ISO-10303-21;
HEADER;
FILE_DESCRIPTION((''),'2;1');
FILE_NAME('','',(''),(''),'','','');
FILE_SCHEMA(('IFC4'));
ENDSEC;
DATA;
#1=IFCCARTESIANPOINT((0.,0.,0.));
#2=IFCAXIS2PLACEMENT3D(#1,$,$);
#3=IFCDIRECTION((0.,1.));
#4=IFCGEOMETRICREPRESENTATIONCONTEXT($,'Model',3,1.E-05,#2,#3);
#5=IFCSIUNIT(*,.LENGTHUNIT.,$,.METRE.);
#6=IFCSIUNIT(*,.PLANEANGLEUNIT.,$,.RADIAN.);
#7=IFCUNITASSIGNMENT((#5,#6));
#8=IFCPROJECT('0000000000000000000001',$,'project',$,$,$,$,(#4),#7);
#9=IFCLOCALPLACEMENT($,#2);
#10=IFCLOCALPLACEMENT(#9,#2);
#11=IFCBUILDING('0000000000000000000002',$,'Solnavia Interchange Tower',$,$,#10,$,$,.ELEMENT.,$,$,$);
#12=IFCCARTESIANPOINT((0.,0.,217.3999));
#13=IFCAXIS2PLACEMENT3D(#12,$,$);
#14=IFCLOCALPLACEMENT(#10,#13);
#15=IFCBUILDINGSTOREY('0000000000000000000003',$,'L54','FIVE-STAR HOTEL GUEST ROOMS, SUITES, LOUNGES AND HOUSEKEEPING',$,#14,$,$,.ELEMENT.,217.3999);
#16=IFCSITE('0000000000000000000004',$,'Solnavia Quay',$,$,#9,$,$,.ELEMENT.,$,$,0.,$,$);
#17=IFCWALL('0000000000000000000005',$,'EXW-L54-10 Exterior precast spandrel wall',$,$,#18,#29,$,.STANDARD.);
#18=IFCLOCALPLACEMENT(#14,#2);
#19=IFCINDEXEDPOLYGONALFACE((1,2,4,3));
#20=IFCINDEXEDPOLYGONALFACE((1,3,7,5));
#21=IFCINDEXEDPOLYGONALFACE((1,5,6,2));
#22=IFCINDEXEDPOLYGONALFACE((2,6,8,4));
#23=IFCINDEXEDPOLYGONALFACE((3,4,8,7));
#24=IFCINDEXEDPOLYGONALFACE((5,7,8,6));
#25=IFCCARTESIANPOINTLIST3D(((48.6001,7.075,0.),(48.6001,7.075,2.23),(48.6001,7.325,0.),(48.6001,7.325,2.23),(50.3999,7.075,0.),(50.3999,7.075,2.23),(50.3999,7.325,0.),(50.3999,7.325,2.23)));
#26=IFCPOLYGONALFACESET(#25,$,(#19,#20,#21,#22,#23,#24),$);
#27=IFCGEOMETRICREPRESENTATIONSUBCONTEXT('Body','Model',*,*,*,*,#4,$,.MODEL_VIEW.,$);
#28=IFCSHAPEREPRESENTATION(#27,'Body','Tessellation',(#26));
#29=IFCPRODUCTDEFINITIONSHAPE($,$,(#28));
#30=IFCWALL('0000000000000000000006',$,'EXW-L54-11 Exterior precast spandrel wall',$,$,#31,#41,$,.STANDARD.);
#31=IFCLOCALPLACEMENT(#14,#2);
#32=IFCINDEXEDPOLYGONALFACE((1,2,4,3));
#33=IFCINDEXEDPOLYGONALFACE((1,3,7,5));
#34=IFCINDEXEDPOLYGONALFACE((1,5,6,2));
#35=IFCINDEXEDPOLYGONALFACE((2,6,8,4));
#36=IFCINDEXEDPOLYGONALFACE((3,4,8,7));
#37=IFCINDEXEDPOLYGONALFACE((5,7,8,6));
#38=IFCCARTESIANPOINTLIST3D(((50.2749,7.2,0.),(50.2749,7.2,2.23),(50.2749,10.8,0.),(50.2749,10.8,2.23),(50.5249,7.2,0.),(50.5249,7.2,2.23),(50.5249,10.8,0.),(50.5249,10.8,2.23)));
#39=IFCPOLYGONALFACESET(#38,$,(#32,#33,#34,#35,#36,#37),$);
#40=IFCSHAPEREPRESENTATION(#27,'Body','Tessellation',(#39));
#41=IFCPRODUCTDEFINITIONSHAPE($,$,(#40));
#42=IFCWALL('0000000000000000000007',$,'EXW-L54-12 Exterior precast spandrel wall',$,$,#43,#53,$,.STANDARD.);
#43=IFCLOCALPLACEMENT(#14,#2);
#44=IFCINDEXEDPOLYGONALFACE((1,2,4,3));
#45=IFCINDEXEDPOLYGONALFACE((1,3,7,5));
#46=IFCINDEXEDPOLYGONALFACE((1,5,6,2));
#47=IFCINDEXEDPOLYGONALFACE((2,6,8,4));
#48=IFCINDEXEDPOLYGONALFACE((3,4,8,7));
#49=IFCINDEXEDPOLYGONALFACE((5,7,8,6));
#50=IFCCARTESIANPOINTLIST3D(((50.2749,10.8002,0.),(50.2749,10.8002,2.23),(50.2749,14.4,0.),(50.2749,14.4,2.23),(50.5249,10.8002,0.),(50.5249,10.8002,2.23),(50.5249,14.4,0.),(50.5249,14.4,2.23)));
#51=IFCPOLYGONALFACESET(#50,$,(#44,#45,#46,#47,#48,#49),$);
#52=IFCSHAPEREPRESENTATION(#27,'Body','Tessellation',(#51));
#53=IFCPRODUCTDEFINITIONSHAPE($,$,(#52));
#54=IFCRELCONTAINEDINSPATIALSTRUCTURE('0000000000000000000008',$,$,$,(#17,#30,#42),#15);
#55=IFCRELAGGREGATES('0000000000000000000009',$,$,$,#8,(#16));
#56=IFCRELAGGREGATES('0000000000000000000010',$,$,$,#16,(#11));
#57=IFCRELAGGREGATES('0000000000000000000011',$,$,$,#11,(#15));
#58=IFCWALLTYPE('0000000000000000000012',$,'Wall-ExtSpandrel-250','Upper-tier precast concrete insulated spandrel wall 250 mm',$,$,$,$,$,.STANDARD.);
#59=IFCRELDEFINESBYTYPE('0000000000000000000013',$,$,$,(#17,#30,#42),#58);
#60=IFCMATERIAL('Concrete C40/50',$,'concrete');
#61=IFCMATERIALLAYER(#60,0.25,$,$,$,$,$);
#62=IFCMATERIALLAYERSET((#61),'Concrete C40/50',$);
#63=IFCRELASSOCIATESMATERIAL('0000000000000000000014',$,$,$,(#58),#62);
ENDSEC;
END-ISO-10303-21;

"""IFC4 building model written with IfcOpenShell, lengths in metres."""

from ifc_helpers import new_model, si_unit, direction, frame, frame_2d, origin, place, context, subcontext, project, spatial, rectangle, extrude, material, layer, layer_set, type_object, element, save


model = new_model("IFC4")

# Units and contexts
model_context = context("Model", 3, precision=1e-05, world=origin(), true_north=direction((0.0, 1.0)))
body_context = subcontext(model_context, "Body", "Model", "MODEL_VIEW")
ifc_project = project(units=[si_unit("LENGTHUNIT", "METRE"), si_unit("PLANEANGLEUNIT", "RADIAN")], contexts=[model_context])

# Site, building, storey
site_placement = place(None, origin())
site = spatial("IfcSite", under=ifc_project, at=site_placement, Name="Solnavia Quay", CompositionType="ELEMENT", RefElevation=0.0)
building_placement = place(site_placement, origin())
building = spatial("IfcBuilding", under=site, at=building_placement, Name="Solnavia Interchange Tower", CompositionType="ELEMENT")
storey_placement = place(building_placement, frame((0.0, 0.0, 217.3999)))
storey = spatial("IfcBuildingStorey", under=building, at=storey_placement, Name="L54", Description="FIVE-STAR HOTEL GUEST ROOMS, SUITES, LOUNGES AND HOUSEKEEPING", CompositionType="ELEMENT", Elevation=217.3999)

# Shared definitions
ifc_material_1 = material(Name="Concrete C40/50", Category="concrete")
ifc_layer = layer(ifc_material_1, 0.25)
ifc_layer_set = layer_set([ifc_layer], Name="Concrete C40/50")
wall_type = type_object("IfcWallType", Name="Wall-ExtSpandrel-250", Description="Upper-tier precast concrete insulated spandrel wall 250 mm", PredefinedType="STANDARD", material=ifc_layer_set)

# Walls
wall_1_placement = place(storey_placement, frame((50.3999, 7.2, 0.0), z_axis=(0.0, 0.0, 1.0), x_axis=(-1.0, 0.0, 0.0)))
element("IfcWall", 1, at=wall_1_placement, inside=storey, type_object=wall_type, Name="EXW-L54-10 Exterior precast spandrel wall", PredefinedType="STANDARD", context=body_context, shape_type="SweptSolid", body=[
    extrude(rectangle(XDim=1.7998, YDim=0.25, at=frame_2d((0.8999, 0.0))), origin(), (0.0, 0.0, 1.0), 2.23),
])
wall_2_placement = place(storey_placement, frame((50.3999, 10.8, 0.0), z_axis=(0.0, 0.0, 1.0), x_axis=(0.0, -1.0, 0.0)))
element("IfcWall", 2, at=wall_2_placement, inside=storey, type_object=wall_type, Name="EXW-L54-11 Exterior precast spandrel wall", PredefinedType="STANDARD", context=body_context, shape_type="SweptSolid", body=[
    extrude(rectangle(XDim=3.6001, YDim=0.25, at=frame_2d((1.8, 0.0))), origin(), (0.0, 0.0, 1.0), 2.23),
])
wall_3_placement = place(storey_placement, frame((50.3999, 14.3999, 0.0), z_axis=(0.0, 0.0, 1.0), x_axis=(0.0, -1.0, 0.0)))
element("IfcWall", 3, at=wall_3_placement, inside=storey, type_object=wall_type, Name="EXW-L54-12 Exterior precast spandrel wall", PredefinedType="STANDARD", context=body_context, shape_type="SweptSolid", body=[
    extrude(rectangle(XDim=3.5999, YDim=0.25, at=frame_2d((1.7998, 0.0))), origin(), (0.0, 0.0, 1.0), 2.23),
])

save(model, "model.ifc")
